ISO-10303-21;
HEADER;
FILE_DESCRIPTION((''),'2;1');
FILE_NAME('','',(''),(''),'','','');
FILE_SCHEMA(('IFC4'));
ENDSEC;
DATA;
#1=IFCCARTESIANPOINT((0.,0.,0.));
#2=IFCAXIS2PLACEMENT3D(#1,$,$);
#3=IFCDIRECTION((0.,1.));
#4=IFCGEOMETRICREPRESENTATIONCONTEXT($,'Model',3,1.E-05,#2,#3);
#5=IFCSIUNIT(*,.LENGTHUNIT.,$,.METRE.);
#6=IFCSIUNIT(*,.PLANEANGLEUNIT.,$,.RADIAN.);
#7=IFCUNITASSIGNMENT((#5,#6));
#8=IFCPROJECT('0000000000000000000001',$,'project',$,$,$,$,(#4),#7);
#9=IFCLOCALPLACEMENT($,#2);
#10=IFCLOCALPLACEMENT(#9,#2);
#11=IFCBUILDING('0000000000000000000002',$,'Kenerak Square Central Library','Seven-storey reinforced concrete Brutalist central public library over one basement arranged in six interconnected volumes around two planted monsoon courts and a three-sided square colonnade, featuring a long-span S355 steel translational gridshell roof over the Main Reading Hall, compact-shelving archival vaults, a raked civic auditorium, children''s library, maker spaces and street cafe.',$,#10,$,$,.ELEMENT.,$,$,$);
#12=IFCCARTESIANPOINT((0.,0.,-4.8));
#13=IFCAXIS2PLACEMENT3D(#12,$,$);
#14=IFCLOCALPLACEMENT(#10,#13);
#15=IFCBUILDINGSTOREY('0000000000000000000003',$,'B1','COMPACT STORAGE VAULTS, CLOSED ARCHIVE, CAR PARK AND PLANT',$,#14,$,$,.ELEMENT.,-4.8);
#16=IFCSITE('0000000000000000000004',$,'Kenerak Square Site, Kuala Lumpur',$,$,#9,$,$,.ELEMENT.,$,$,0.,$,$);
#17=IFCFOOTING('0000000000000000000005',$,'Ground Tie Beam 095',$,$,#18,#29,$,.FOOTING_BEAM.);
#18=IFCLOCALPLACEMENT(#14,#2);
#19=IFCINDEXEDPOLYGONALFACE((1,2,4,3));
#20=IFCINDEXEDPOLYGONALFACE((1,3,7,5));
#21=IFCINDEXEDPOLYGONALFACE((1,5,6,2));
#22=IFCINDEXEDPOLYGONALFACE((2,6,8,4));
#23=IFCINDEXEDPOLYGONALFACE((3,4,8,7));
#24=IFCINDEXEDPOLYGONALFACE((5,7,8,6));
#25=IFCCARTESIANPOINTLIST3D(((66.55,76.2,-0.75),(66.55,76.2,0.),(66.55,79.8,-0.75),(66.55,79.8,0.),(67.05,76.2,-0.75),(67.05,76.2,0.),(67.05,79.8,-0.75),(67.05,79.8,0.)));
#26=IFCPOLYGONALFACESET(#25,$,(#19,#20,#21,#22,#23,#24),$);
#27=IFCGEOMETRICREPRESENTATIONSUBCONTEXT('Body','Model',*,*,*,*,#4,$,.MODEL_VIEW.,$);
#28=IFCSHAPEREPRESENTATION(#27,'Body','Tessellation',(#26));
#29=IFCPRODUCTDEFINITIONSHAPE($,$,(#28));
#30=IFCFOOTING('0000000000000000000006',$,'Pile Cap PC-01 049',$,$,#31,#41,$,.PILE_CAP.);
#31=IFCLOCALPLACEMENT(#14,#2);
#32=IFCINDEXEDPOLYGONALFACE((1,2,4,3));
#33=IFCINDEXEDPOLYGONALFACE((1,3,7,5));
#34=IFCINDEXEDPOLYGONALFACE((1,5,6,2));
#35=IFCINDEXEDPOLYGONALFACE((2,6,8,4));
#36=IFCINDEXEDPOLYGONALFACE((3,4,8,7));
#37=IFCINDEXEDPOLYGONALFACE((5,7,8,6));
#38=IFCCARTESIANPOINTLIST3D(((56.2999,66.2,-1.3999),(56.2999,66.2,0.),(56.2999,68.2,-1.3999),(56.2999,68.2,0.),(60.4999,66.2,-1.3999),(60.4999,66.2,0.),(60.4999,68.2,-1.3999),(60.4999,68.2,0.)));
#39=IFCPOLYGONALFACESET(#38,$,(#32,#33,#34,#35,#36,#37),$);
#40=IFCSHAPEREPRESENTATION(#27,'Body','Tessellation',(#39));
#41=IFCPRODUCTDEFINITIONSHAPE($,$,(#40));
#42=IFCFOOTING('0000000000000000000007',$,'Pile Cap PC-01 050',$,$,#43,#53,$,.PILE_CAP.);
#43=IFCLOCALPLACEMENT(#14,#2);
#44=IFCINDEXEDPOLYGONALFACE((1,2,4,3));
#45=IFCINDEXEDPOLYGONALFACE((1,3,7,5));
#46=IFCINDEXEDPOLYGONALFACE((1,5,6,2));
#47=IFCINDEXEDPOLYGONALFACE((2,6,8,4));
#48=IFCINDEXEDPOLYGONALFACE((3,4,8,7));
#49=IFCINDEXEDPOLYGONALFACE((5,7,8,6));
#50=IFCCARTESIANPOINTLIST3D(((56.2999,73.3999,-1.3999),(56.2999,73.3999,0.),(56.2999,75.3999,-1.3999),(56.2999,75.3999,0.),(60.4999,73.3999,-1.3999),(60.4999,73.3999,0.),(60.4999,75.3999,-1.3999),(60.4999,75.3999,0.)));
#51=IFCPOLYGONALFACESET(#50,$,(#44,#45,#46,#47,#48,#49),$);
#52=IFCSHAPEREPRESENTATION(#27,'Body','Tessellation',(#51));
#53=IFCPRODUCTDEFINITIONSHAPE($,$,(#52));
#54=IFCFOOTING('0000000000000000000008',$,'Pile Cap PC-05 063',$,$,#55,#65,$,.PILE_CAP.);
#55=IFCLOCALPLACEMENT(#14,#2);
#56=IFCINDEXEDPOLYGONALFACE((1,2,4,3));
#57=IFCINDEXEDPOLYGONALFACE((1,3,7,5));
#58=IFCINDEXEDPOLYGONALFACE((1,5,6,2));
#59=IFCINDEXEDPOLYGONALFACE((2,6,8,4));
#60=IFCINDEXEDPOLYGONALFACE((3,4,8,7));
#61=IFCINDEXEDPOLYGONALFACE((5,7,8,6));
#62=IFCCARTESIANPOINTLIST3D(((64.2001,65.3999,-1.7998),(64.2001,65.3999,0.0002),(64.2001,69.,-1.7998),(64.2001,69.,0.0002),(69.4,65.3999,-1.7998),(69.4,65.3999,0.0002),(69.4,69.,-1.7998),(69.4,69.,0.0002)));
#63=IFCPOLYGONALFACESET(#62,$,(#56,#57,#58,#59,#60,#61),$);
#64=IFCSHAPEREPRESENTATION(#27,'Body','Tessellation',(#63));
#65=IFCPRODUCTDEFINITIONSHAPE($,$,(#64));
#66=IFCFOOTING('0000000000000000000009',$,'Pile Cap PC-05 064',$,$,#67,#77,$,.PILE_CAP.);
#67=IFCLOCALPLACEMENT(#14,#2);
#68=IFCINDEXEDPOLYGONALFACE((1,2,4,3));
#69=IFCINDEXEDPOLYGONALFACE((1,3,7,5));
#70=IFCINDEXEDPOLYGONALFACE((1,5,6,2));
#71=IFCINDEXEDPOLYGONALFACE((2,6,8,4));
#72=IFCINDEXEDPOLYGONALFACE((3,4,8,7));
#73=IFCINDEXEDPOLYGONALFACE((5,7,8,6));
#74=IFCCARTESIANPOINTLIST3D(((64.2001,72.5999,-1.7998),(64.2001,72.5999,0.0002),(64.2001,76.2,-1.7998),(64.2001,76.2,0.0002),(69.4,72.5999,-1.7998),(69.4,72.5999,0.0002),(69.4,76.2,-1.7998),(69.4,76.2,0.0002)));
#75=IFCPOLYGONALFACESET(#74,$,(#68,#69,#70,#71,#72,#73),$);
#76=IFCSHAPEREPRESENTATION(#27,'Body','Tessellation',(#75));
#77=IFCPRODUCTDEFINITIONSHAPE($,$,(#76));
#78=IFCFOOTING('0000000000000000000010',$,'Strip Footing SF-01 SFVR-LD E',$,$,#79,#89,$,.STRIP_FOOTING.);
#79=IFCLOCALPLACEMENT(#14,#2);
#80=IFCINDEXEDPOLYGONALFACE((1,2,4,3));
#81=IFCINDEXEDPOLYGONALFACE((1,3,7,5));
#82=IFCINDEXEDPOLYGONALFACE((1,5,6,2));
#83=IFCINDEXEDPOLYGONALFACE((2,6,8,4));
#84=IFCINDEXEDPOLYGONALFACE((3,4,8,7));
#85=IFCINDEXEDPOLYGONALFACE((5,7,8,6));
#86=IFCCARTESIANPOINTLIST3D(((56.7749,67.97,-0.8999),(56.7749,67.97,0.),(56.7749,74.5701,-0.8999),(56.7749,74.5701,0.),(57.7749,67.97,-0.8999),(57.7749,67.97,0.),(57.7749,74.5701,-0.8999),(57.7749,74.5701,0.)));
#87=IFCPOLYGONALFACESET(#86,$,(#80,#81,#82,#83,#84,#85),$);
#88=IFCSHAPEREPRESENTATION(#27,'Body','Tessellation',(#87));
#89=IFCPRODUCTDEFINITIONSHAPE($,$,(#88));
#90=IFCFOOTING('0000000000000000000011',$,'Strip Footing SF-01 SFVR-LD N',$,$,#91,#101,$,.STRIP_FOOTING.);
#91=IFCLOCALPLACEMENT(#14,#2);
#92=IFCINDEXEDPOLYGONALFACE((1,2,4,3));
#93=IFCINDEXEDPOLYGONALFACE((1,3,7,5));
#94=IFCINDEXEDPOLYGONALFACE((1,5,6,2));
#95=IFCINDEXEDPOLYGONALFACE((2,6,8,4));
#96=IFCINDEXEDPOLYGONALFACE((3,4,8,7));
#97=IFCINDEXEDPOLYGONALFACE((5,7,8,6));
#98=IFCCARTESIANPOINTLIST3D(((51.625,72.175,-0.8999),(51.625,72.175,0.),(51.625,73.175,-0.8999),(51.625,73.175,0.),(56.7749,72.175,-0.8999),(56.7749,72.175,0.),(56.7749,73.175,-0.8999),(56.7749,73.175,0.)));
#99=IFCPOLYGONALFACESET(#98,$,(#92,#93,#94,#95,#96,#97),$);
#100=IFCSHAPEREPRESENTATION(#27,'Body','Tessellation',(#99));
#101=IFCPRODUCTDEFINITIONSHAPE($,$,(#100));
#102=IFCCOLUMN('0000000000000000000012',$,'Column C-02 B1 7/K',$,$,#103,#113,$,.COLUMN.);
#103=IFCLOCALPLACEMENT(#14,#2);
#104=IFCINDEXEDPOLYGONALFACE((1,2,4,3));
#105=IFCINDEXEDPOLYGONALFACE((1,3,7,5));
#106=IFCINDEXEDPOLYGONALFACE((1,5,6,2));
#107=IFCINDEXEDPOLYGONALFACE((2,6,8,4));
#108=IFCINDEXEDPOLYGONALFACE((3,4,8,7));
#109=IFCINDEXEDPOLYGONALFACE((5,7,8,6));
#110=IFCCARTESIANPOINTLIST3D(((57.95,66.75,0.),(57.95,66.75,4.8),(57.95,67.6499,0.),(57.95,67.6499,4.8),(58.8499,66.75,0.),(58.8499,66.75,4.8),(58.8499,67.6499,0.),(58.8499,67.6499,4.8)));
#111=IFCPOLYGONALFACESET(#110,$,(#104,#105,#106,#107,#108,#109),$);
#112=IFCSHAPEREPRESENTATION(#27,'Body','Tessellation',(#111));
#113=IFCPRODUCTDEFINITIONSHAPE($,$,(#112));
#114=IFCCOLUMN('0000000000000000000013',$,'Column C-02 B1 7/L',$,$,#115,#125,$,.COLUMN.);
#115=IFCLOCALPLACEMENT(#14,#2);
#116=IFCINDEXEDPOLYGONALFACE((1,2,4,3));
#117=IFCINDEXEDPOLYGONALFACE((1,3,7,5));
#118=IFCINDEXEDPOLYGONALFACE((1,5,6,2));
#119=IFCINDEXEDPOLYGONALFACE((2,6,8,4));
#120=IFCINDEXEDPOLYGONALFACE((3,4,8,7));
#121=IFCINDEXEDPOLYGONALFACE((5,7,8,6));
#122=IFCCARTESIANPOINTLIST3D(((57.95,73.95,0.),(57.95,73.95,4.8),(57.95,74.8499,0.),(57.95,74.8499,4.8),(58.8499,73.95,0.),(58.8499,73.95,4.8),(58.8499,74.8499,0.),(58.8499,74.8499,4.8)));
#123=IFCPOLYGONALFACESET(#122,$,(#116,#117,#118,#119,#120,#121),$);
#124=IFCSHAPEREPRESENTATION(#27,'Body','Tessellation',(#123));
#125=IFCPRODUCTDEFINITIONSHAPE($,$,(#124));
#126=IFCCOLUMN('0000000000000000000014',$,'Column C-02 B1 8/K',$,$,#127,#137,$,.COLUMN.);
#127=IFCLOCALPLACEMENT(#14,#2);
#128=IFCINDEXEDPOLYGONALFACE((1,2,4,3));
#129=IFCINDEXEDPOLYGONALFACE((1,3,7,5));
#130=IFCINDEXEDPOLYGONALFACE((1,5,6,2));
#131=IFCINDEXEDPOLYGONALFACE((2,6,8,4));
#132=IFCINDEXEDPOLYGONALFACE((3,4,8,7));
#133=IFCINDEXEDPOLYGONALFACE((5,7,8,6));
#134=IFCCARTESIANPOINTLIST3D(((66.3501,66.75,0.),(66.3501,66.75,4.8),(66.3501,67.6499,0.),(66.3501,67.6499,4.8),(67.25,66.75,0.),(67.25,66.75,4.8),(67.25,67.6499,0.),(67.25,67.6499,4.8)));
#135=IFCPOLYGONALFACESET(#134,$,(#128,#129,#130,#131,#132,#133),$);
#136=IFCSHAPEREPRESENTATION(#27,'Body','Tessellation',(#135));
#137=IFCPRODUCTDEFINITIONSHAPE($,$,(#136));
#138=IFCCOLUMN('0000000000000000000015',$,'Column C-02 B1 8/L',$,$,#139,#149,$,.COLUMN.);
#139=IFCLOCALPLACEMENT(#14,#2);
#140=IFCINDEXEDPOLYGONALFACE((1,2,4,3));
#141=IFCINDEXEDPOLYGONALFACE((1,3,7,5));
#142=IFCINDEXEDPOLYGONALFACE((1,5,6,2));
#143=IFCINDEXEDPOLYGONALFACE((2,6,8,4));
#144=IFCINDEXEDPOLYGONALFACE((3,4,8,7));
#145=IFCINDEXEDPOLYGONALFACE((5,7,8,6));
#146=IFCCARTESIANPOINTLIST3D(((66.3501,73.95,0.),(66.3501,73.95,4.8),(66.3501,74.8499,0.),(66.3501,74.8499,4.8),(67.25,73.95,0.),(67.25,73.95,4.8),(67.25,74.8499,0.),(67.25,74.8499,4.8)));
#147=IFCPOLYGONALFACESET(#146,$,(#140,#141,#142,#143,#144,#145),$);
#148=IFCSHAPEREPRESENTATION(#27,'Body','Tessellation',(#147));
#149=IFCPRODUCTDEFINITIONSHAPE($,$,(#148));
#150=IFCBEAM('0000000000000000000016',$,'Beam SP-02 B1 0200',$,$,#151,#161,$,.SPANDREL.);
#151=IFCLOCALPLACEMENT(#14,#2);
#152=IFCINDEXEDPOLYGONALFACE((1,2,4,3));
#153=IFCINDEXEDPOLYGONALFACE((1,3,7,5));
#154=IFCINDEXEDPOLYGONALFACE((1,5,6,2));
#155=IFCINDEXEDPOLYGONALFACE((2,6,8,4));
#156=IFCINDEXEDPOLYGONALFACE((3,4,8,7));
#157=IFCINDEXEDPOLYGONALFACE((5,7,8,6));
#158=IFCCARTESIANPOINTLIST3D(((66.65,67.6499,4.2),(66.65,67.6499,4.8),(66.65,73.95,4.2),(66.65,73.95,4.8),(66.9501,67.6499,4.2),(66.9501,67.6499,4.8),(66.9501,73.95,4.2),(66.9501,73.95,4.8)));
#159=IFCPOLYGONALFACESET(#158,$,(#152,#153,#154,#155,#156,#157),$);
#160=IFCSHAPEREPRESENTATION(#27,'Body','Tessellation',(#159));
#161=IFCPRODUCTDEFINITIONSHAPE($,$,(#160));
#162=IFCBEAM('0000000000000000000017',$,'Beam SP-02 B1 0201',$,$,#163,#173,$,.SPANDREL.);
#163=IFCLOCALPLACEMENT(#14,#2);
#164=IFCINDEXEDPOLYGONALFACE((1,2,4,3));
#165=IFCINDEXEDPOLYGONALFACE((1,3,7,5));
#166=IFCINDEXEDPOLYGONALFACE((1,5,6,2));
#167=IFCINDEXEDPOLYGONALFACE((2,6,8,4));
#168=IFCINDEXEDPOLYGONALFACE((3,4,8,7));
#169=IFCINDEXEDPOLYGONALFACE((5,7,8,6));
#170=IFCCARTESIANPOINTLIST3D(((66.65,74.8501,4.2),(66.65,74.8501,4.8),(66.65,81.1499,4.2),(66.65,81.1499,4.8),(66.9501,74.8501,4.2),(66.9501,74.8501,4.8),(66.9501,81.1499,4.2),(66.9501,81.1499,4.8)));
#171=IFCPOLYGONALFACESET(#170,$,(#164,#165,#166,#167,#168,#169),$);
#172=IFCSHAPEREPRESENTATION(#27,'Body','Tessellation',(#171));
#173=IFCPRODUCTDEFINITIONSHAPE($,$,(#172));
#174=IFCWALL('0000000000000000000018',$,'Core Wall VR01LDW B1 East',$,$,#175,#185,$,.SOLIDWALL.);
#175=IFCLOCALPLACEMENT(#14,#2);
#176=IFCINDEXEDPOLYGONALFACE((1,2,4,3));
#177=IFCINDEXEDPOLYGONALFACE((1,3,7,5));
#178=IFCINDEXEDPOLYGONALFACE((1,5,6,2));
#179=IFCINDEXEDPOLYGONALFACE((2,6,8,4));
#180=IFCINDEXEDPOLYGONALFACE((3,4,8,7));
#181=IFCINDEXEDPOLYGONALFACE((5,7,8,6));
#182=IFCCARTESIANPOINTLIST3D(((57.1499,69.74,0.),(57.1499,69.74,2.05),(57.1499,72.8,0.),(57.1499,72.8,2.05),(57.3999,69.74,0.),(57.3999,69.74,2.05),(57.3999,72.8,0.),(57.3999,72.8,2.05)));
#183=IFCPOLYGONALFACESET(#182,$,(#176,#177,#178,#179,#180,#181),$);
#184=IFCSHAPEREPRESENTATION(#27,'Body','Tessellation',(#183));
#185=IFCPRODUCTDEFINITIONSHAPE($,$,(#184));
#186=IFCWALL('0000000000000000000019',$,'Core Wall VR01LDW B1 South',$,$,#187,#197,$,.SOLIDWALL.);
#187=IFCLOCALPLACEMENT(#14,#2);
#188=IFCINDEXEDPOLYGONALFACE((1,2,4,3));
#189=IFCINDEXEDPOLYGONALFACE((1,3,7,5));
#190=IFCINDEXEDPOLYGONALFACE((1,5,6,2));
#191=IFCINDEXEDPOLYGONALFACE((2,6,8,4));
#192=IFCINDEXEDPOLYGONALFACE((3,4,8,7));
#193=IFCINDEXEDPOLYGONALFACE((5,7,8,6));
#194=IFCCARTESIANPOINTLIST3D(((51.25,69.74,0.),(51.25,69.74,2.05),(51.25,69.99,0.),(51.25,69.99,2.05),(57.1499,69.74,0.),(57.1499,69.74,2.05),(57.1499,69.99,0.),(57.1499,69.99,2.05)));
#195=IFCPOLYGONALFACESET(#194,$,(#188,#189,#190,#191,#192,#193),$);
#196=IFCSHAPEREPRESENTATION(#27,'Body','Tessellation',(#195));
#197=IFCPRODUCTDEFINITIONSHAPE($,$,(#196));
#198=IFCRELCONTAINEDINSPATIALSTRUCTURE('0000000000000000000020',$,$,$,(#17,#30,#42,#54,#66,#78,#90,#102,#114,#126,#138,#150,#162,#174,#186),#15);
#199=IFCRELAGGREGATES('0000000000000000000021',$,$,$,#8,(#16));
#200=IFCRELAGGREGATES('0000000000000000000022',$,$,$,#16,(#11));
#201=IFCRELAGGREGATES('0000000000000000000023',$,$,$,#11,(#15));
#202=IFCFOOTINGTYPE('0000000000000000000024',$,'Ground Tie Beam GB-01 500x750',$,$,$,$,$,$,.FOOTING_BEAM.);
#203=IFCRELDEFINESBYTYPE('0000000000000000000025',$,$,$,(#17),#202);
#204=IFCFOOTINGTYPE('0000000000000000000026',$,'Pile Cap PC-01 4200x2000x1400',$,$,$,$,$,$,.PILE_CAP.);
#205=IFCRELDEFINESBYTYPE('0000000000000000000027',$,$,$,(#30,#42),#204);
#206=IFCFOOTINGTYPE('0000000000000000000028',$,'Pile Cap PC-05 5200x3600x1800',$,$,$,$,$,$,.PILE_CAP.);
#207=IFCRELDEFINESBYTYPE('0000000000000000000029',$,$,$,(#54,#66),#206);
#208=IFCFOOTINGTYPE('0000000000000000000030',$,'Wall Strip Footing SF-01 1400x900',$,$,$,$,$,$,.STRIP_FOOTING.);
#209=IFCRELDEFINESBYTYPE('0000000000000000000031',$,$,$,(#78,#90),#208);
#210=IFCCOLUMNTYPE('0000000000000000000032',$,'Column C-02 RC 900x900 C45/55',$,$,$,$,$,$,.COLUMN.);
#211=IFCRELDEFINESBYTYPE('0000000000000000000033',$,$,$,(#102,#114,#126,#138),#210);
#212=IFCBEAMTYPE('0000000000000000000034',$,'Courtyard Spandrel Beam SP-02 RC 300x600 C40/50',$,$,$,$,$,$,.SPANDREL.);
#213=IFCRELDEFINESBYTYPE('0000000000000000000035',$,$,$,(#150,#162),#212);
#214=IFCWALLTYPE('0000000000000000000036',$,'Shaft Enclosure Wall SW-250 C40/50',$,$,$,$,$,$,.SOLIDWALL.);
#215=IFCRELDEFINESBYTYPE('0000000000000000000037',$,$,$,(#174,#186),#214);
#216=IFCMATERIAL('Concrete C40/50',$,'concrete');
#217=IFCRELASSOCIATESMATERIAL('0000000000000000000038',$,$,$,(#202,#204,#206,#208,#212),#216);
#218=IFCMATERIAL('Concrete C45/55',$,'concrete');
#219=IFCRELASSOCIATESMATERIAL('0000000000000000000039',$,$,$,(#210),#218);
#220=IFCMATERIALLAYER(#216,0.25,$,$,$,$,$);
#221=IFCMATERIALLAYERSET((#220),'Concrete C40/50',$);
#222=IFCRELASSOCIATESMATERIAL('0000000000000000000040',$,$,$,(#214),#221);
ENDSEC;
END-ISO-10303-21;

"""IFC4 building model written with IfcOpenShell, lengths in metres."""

from ifc_helpers import new_model, si_unit, direction, frame, frame_2d, origin, origin_2d, place, context, subcontext, project, spatial, rectangle, extrude, material, layer, layer_set, material_profile, profile_set, type_object, element, save


model = new_model("IFC4")

# Units and contexts
model_context = context("Model", 3, precision=1e-05, world=origin(), true_north=direction((0.0, 1.0)))
body_context = subcontext(model_context, "Body", "Model", "MODEL_VIEW")
ifc_project = project(units=[si_unit("LENGTHUNIT", "METRE"), si_unit("PLANEANGLEUNIT", "RADIAN")], contexts=[model_context])

# Site, building, storey
site_placement = place(None, origin())
site = spatial("IfcSite", under=ifc_project, at=site_placement, Name="Kenerak Square Site, Kuala Lumpur", CompositionType="ELEMENT", RefElevation=0.0)
building_placement = place(site_placement, origin())
building = spatial("IfcBuilding", under=site, at=building_placement, Name="Kenerak Square Central Library", Description="Seven-storey reinforced concrete Brutalist central public library over one basement arranged in six interconnected volumes around two planted monsoon courts and a three-sided square colonnade, featuring a long-span S355 steel translational gridshell roof over the Main Reading Hall, compact-shelving archival vaults, a raked civic auditorium, children's library, maker spaces and street cafe.", CompositionType="ELEMENT")
storey_placement = place(building_placement, frame((0.0, 0.0, -4.8)))
storey = spatial("IfcBuildingStorey", under=building, at=storey_placement, Name="B1", Description="COMPACT STORAGE VAULTS, CLOSED ARCHIVE, CAR PARK AND PLANT", CompositionType="ELEMENT", Elevation=-4.8)

# Shared definitions
ifc_material_1 = material(Name="Concrete C40/50", Category="concrete")

# Footings
footing_type_1 = type_object("IfcFootingType", Name="Ground Tie Beam GB-01 500x750", PredefinedType="FOOTING_BEAM", material=ifc_material_1)
for number, where, z_axis, x_axis, name in (
    (1, (66.8, 78.0, -0.75), (0.0, 0.0, 1.0), (1.0, 0.0, 0.0), "Ground Tie Beam 095"),
):
    element("IfcFooting", number, at=place(storey_placement, frame(where, z_axis=z_axis, x_axis=x_axis)), inside=storey, type_object=footing_type_1, Name=name, PredefinedType="FOOTING_BEAM", context=body_context, shape_type="SweptSolid", body=[
        extrude(rectangle(XDim=0.5, YDim=3.6001, at=origin_2d()), origin(), (0.0, 0.0, 1.0), 0.75),
    ])
footing_type_2 = type_object("IfcFootingType", Name="Pile Cap PC-01 4200x2000x1400", PredefinedType="PILE_CAP", material=ifc_material_1)
for number, where, z_axis, x_axis, name in (
    (2, (58.3999, 67.2, -1.3999), (0.0, 0.0, 1.0), (1.0, 0.0, 0.0), "Pile Cap PC-01 049"),
    (3, (58.3999, 74.3999, -1.3999), (0.0, 0.0, 1.0), (1.0, 0.0, 0.0), "Pile Cap PC-01 050"),
):
    element("IfcFooting", number, at=place(storey_placement, frame(where, z_axis=z_axis, x_axis=x_axis)), inside=storey, type_object=footing_type_2, Name=name, PredefinedType="PILE_CAP", context=body_context, shape_type="SweptSolid", body=[
        extrude(rectangle(XDim=4.2, YDim=2.0, at=origin_2d()), origin(), (0.0, 0.0, 1.0), 1.3999),
    ])
footing_type_3 = type_object("IfcFootingType", Name="Pile Cap PC-05 5200x3600x1800", PredefinedType="PILE_CAP", material=ifc_material_1)
for number, where, z_axis, x_axis, name in (
    (4, (66.8, 67.2, -1.7998), (0.0, 0.0, 1.0), (1.0, 0.0, 0.0), "Pile Cap PC-05 063"),
    (5, (66.8, 74.3999, -1.7998), (0.0, 0.0, 1.0), (1.0, 0.0, 0.0), "Pile Cap PC-05 064"),
):
    element("IfcFooting", number, at=place(storey_placement, frame(where, z_axis=z_axis, x_axis=x_axis)), inside=storey, type_object=footing_type_3, Name=name, PredefinedType="PILE_CAP", context=body_context, shape_type="SweptSolid", body=[
        extrude(rectangle(XDim=5.2, YDim=3.6001, at=origin_2d()), origin(), (0.0, 0.0, 1.0), 1.8),
    ])
footing_type_4 = type_object("IfcFootingType", Name="Wall Strip Footing SF-01 1400x900", PredefinedType="STRIP_FOOTING", material=ifc_material_1)
footing_1_placement = place(storey_placement, frame((57.2749, 71.27, -0.8999), z_axis=(0.0, 0.0, 1.0), x_axis=(1.0, 0.0, 0.0)))
element("IfcFooting", 6, at=footing_1_placement, inside=storey, type_object=footing_type_4, Name="Strip Footing SF-01 SFVR-LD E", PredefinedType="STRIP_FOOTING", context=body_context, shape_type="SweptSolid", body=[
    extrude(rectangle(XDim=1.0, YDim=6.6001, at=origin_2d()), origin(), (0.0, 0.0, 1.0), 0.8999),
])
footing_2_placement = place(storey_placement, frame((54.2, 72.675, -0.8999), z_axis=(0.0, 0.0, 1.0), x_axis=(1.0, 0.0, 0.0)))
element("IfcFooting", 7, at=footing_2_placement, inside=storey, type_object=footing_type_4, Name="Strip Footing SF-01 SFVR-LD N", PredefinedType="STRIP_FOOTING", context=body_context, shape_type="SweptSolid", body=[
    extrude(rectangle(XDim=5.1499, YDim=1.0, at=origin_2d()), origin(), (0.0, 0.0, 1.0), 0.8999),
])

# Columns
ifc_material_2 = material(Name="Concrete C45/55", Category="concrete")
ifc_material_profile_1 = material_profile(ifc_material_2, rectangle(XDim=0.8999, YDim=0.8999, at=origin_2d()), Name="RC 900x900")
ifc_profile_set_1 = profile_set([ifc_material_profile_1], Name="Concrete C45/55")
column_type = type_object("IfcColumnType", Name="Column C-02 RC 900x900 C45/55", PredefinedType="COLUMN", material=ifc_profile_set_1)
for number, where, z_axis, x_axis, name in (
    (8, (58.3999, 67.2, 0.0), (0.0, 0.0, 1.0), (1.0, 0.0, 0.0), "Column C-02 B1 7/K"),
    (9, (58.3999, 74.3999, 0.0), (0.0, 0.0, 1.0), (1.0, 0.0, 0.0), "Column C-02 B1 7/L"),
    (10, (66.8, 67.2, 0.0), (0.0, 0.0, 1.0), (1.0, 0.0, 0.0), "Column C-02 B1 8/K"),
    (11, (66.8, 74.3999, 0.0), (0.0, 0.0, 1.0), (1.0, 0.0, 0.0), "Column C-02 B1 8/L"),
):
    element("IfcColumn", number, at=place(storey_placement, frame(where, z_axis=z_axis, x_axis=x_axis)), inside=storey, type_object=column_type, Name=name, PredefinedType="COLUMN", context=body_context, shape_type="SweptSolid", body=[
        extrude(rectangle(XDim=0.8999, YDim=0.8999, at=origin_2d()), origin(), (0.0, 0.0, 1.0), 4.8),
    ])

# Beams
ifc_material_profile_2 = material_profile(ifc_material_1, rectangle(XDim=0.3, YDim=0.6001, at=origin_2d()), Name="RC 300x600")
ifc_profile_set_2 = profile_set([ifc_material_profile_2], Name="Concrete C40/50")
beam_type = type_object("IfcBeamType", Name="Courtyard Spandrel Beam SP-02 RC 300x600 C40/50", PredefinedType="SPANDREL", material=ifc_profile_set_2)
beam_1_placement = place(storey_placement, frame((66.8, 67.6499, 4.5), z_axis=(0.0, 1.0, 0.0), x_axis=(-1.0, 0.0, 0.0)))
element("IfcBeam", 12, at=beam_1_placement, inside=storey, type_object=beam_type, Name="Beam SP-02 B1 0200", PredefinedType="SPANDREL", context=body_context, shape_type="SweptSolid", body=[
    extrude(rectangle(XDim=0.3, YDim=0.6001, at=origin_2d()), origin(), (0.0, 0.0, 1.0), 6.3),
])
beam_2_placement = place(storey_placement, frame((66.8, 74.8501, 4.5), z_axis=(0.0, 1.0, 0.0), x_axis=(-1.0, 0.0, 0.0)))
element("IfcBeam", 13, at=beam_2_placement, inside=storey, type_object=beam_type, Name="Beam SP-02 B1 0201", PredefinedType="SPANDREL", context=body_context, shape_type="SweptSolid", body=[
    extrude(rectangle(XDim=0.3, YDim=0.6001, at=origin_2d()), origin(), (0.0, 0.0, 1.0), 6.2998),
])

# Walls
ifc_layer = layer(ifc_material_1, 0.25)
ifc_layer_set = layer_set([ifc_layer], Name="Concrete C40/50")
wall_type = type_object("IfcWallType", Name="Shaft Enclosure Wall SW-250 C40/50", PredefinedType="SOLIDWALL", material=ifc_layer_set)
wall_1_placement = place(storey_placement, frame((57.2749, 72.8, 0.0), z_axis=(0.0, 0.0, 1.0), x_axis=(0.0, -1.0, 0.0)))
element("IfcWall", 14, at=wall_1_placement, inside=storey, type_object=wall_type, Name="Core Wall VR01LDW B1 East", PredefinedType="SOLIDWALL", context=body_context, shape_type="SweptSolid", body=[
    extrude(rectangle(XDim=3.0601, YDim=0.25, at=frame_2d((1.53, 0.0))), origin(), (0.0, 0.0, 1.0), 2.05),
])
wall_2_placement = place(storey_placement, frame((57.1499, 69.865, 0.0), z_axis=(0.0, 0.0, 1.0), x_axis=(-1.0, 0.0, 0.0)))
element("IfcWall", 15, at=wall_2_placement, inside=storey, type_object=wall_type, Name="Core Wall VR01LDW B1 South", PredefinedType="SOLIDWALL", context=body_context, shape_type="SweptSolid", body=[
    extrude(rectangle(XDim=5.8999, YDim=0.25, at=frame_2d((2.95, 0.0))), origin(), (0.0, 0.0, 1.0), 2.05),
])

save(model, "model.ifc")
